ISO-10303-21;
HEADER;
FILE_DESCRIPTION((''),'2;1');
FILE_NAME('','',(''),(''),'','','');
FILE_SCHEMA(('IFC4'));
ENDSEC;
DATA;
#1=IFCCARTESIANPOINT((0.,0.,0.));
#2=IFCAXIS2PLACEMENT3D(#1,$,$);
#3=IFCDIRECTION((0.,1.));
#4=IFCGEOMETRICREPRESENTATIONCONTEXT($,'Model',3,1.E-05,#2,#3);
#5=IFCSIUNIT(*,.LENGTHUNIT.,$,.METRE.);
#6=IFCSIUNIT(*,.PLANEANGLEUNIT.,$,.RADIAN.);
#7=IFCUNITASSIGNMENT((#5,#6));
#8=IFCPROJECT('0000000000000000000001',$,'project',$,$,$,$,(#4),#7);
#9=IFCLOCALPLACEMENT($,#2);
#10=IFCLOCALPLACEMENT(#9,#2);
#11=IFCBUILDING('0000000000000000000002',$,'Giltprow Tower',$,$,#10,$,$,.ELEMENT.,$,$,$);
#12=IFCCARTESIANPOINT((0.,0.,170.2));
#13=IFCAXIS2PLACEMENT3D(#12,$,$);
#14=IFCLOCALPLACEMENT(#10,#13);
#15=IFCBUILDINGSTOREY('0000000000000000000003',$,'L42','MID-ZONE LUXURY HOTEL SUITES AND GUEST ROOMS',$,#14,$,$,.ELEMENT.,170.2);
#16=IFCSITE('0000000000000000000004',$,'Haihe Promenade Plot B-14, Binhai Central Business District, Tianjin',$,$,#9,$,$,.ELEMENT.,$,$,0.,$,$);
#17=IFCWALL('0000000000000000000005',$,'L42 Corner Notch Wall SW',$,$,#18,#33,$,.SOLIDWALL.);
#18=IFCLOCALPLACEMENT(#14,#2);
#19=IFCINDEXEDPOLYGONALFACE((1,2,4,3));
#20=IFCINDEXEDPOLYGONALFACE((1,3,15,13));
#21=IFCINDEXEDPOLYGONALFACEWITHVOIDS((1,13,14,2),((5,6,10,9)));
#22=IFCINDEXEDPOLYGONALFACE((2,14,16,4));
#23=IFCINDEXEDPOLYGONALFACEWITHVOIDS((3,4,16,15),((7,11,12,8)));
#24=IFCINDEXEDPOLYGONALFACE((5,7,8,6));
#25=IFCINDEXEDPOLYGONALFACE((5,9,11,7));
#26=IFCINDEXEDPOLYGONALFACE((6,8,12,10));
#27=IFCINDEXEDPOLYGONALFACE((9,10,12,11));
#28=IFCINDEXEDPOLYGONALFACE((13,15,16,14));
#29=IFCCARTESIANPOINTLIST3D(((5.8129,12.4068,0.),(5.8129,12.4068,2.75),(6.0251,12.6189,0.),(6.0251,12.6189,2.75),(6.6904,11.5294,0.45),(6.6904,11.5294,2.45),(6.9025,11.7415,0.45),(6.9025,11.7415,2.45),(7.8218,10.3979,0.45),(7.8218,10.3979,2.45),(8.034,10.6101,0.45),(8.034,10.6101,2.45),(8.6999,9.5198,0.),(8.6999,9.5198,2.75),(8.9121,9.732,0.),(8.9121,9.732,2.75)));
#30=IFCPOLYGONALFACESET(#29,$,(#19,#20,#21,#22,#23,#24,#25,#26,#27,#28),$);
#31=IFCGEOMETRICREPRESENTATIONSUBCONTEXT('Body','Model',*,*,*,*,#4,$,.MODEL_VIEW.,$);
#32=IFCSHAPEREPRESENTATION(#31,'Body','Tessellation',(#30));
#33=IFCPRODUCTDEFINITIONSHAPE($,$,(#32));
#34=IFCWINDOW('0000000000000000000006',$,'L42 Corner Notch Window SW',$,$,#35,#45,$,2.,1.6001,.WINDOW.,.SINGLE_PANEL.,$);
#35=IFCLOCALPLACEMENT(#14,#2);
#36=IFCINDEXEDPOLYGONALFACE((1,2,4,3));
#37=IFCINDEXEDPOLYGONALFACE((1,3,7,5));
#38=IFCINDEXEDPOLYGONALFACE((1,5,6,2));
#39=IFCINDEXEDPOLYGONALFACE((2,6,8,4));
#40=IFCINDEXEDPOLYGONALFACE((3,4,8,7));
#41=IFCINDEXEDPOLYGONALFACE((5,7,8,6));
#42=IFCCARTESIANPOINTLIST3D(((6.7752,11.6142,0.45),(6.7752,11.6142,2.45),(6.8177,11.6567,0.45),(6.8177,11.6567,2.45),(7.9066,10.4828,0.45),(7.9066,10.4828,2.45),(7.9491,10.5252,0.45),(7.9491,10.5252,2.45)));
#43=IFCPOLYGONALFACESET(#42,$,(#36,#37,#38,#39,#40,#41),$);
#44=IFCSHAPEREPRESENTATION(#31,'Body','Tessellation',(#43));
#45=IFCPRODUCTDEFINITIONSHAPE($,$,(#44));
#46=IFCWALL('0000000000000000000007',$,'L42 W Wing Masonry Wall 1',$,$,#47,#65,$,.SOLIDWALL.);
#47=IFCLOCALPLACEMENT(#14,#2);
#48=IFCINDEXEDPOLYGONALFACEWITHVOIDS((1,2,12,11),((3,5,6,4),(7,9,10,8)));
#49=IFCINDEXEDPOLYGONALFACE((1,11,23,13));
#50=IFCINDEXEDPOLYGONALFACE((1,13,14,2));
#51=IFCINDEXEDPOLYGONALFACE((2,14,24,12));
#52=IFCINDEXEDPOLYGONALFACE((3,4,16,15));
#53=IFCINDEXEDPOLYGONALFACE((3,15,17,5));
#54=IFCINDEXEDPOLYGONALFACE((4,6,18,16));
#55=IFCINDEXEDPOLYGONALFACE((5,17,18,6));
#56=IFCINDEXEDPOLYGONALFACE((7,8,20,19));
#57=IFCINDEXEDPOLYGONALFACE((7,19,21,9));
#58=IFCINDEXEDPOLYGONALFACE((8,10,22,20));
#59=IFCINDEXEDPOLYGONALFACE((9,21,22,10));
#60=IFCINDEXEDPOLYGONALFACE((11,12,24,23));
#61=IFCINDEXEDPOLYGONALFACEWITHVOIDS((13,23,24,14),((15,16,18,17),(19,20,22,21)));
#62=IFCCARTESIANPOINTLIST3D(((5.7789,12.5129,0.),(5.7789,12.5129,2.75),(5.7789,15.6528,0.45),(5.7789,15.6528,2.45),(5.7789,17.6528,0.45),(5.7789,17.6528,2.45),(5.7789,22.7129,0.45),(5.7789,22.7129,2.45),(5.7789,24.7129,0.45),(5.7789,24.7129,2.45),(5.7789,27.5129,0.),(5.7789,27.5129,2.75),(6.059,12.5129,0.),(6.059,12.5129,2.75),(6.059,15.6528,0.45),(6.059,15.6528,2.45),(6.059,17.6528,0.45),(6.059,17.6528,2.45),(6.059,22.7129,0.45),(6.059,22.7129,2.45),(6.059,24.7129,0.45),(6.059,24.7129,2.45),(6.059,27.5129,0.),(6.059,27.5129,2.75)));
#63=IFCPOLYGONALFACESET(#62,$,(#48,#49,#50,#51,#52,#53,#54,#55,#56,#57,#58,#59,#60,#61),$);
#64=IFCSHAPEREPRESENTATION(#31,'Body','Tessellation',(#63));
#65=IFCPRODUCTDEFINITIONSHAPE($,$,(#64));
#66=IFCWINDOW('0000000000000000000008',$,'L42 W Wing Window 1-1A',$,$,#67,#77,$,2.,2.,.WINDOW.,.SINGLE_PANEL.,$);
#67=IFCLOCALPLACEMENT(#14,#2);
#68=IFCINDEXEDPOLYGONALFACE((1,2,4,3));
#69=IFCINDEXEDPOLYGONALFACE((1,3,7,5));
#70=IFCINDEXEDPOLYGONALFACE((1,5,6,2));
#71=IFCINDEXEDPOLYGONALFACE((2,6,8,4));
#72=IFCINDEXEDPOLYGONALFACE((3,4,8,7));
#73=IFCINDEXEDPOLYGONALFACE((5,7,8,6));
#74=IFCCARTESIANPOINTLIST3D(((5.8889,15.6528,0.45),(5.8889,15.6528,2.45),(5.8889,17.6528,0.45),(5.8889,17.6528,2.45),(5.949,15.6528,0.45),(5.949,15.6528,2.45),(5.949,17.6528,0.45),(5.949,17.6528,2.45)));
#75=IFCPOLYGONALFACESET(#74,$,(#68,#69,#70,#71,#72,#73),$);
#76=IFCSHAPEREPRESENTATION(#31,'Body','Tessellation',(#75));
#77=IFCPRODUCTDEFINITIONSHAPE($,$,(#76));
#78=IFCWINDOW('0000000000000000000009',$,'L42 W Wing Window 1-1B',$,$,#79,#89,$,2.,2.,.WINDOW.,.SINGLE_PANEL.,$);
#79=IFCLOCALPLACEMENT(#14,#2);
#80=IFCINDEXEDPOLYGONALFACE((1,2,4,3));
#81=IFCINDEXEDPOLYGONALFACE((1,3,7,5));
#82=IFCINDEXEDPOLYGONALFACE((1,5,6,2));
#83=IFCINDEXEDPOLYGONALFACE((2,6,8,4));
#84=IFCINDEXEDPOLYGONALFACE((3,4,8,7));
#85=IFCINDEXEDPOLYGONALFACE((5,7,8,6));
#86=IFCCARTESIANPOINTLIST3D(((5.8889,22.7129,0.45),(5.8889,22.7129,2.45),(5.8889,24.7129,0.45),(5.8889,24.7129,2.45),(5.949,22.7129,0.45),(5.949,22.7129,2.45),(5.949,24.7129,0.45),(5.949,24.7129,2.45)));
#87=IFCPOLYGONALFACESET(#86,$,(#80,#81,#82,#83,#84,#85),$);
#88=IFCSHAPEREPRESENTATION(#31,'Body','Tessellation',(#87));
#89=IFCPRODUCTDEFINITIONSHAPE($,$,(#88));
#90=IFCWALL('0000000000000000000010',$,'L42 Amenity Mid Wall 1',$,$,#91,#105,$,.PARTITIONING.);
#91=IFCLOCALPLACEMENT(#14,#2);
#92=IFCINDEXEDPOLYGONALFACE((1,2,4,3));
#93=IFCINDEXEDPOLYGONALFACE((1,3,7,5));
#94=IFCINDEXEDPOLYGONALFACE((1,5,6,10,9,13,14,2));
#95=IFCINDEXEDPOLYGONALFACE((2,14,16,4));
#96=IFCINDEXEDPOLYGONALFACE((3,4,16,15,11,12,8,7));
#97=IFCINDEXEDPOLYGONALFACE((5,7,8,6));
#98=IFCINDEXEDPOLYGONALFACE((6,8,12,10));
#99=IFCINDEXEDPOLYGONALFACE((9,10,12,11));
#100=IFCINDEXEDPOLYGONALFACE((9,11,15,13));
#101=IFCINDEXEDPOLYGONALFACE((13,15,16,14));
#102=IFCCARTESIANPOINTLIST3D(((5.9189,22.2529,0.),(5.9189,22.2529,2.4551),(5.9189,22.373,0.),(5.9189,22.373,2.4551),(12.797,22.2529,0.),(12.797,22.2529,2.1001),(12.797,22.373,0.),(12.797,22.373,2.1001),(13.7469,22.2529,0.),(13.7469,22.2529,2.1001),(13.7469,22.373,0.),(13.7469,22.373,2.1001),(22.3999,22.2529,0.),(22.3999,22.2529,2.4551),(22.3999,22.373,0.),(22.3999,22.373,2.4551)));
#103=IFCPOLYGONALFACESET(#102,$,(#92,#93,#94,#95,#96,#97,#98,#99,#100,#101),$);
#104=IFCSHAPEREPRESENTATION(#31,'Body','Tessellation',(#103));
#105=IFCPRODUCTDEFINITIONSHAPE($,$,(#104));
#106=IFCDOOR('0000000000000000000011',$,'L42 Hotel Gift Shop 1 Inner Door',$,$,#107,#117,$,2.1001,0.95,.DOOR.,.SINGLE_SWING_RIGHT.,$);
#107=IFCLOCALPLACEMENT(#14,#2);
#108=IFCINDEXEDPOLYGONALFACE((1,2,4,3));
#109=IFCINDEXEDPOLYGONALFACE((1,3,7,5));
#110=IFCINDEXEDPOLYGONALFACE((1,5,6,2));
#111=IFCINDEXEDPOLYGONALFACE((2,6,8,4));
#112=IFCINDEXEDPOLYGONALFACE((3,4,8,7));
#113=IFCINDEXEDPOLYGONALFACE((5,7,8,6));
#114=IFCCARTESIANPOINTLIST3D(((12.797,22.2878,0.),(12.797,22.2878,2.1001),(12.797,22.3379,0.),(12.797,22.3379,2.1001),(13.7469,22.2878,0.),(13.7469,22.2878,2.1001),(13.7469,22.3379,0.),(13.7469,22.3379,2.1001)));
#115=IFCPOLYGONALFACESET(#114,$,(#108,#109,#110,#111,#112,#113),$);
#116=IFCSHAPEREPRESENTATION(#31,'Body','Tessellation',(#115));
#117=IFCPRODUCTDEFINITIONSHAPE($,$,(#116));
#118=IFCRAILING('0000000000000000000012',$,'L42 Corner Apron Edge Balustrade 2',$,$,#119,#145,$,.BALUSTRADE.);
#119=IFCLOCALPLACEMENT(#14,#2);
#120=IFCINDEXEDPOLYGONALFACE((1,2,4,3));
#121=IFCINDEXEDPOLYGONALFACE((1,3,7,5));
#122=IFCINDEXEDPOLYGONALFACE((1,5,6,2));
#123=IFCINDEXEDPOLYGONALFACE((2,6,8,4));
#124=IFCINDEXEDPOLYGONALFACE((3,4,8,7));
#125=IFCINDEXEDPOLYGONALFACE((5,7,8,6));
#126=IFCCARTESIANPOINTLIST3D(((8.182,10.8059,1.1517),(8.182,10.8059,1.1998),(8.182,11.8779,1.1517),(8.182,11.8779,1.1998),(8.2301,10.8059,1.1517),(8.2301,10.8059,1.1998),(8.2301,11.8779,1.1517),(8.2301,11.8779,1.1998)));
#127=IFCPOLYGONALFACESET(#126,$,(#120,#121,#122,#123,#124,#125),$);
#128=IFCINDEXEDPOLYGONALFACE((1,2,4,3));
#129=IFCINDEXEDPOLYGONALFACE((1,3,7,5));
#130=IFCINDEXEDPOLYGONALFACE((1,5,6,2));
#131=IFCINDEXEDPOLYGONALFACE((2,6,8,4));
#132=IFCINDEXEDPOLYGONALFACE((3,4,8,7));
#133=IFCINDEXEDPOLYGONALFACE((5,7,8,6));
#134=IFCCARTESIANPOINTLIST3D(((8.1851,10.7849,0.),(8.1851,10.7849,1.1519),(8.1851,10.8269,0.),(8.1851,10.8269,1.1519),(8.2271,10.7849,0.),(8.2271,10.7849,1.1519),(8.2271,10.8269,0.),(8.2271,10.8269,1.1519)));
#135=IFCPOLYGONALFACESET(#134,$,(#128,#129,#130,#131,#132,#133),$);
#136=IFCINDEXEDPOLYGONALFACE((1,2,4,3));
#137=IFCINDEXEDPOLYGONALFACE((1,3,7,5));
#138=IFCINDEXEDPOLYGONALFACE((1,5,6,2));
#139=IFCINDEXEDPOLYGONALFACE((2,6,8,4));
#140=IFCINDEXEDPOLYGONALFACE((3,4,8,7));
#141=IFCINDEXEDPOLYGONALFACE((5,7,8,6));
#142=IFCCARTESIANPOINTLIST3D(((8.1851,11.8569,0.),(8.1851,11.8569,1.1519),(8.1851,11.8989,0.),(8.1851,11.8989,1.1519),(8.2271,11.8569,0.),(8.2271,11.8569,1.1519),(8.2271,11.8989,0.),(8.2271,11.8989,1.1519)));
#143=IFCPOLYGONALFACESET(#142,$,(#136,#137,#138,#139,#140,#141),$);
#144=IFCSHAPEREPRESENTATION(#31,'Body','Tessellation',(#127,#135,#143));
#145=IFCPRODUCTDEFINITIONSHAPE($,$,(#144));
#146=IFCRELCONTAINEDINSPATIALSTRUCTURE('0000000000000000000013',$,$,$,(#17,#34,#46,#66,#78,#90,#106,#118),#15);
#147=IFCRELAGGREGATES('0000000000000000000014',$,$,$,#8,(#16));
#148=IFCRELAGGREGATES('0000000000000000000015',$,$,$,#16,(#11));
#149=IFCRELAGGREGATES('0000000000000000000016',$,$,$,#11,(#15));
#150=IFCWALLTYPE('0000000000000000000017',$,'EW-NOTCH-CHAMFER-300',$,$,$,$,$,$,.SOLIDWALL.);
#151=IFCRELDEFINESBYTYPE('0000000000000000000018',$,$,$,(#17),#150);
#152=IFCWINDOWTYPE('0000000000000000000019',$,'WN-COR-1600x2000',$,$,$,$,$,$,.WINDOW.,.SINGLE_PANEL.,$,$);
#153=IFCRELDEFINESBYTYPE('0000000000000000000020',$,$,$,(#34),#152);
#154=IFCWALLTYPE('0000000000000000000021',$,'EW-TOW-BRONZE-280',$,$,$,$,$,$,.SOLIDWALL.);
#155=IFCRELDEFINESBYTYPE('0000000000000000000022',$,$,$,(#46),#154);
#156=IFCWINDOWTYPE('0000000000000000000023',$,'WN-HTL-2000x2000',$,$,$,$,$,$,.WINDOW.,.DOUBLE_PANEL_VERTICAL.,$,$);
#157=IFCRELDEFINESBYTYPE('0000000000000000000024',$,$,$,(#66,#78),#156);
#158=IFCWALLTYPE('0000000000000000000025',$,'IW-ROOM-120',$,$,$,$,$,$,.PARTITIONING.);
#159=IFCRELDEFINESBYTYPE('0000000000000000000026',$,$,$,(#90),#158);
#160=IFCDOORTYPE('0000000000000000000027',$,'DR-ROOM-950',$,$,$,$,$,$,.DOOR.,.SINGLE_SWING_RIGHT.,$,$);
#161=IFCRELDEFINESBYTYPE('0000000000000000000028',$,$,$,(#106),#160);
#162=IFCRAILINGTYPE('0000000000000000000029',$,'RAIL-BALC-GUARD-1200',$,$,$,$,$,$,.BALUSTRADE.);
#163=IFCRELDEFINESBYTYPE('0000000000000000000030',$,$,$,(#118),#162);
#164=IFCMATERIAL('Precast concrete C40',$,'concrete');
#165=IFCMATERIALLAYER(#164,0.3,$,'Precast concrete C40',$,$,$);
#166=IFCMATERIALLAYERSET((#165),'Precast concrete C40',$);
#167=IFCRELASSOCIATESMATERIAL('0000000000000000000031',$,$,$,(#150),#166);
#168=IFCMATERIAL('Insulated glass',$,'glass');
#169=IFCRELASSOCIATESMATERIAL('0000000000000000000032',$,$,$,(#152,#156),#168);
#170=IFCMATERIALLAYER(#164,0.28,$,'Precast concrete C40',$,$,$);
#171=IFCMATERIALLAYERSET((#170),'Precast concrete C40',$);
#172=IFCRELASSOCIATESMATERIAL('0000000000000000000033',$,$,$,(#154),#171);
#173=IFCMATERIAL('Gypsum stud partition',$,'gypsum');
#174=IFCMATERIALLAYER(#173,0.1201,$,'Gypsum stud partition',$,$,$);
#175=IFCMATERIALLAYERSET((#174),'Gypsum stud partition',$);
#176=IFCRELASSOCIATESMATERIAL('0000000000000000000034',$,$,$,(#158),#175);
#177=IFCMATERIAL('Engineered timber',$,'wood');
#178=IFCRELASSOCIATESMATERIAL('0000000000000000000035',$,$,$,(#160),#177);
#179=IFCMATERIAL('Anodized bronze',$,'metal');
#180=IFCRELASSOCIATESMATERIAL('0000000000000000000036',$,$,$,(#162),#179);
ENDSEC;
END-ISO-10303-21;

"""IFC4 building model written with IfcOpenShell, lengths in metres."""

from ifc_helpers import new_model, si_unit, direction, frame, frame_2d, origin, origin_2d, place, context, subcontext, project, spatial, rectangle, extrude, source, transform, mapped, material, layer, layer_set, type_object, element, fill, save


model = new_model("IFC4")

# Units and contexts
model_context = context("Model", 3, precision=1e-05, world=origin(), true_north=direction((0.0, 1.0)))
body_context = subcontext(model_context, "Body", "Model", "MODEL_VIEW")
ifc_project = project(units=[si_unit("LENGTHUNIT", "METRE"), si_unit("PLANEANGLEUNIT", "RADIAN")], contexts=[model_context])

# Site, building, storey
site_placement = place(None, origin())
site = spatial("IfcSite", under=ifc_project, at=site_placement, Name="Haihe Promenade Plot B-14, Binhai Central Business District, Tianjin", CompositionType="ELEMENT", RefElevation=0.0)
building_placement = place(site_placement, origin())
building = spatial("IfcBuilding", under=site, at=building_placement, Name="Giltprow Tower", CompositionType="ELEMENT")
storey_placement = place(building_placement, frame((0.0, 0.0, 170.2)))
storey = spatial("IfcBuildingStorey", under=building, at=storey_placement, Name="L42", Description="MID-ZONE LUXURY HOTEL SUITES AND GUEST ROOMS", CompositionType="ELEMENT", Elevation=170.2)

# Shared definitions
ifc_material_1 = material(Name="Anodized bronze", Category="metal")
ifc_material_2 = material(Name="Insulated glass", Category="glass")

# Wall, opening, window
ifc_material_3 = material(Name="Precast concrete C40", Category="concrete")
ifc_layer_1 = layer(ifc_material_3, 0.3, Name="Precast concrete C40")
ifc_layer_set_1 = layer_set([ifc_layer_1], Name="Precast concrete C40")
wall_type_1 = type_object("IfcWallType", Name="EW-NOTCH-CHAMFER-300", PredefinedType="SOLIDWALL", material=ifc_layer_set_1)
wall_1_placement = place(storey_placement, frame((5.9189, 12.5129, 0.0), z_axis=(0.0, 0.0, 1.0), x_axis=(0.707107, -0.707107, 0.0)))
wall_1 = element("IfcWall", 1, at=wall_1_placement, inside=storey, type_object=wall_type_1, Name="L42 Corner Notch Wall SW", PredefinedType="SOLIDWALL", context=body_context, shape_type="SweptSolid", body=[
    extrude(rectangle(XDim=4.0828, YDim=0.3, at=frame_2d((2.0415, 0.0))), origin(), (0.0, 0.0, 1.0), 2.75),
])
opening_1_placement = place(wall_1_placement, frame((1.241, 0.0, 0.45)))
opening_1 = element("IfcOpeningElement", 2, at=opening_1_placement, cuts=wall_1, PredefinedType="OPENING", context=body_context, shape_type="SweptSolid", body=[
    extrude(rectangle(XDim=1.6001, YDim=2.0, at=frame_2d((0.8, 1.0))), frame((0.0, 0.1599, 0.0), z_axis=(0.0, -1.0, 0.0), x_axis=(1.0, 0.0, 0.0)), (0.0, 0.0, 1.0), 0.3201),
])
window_type_1 = type_object("IfcWindowType", Name="WN-COR-1600x2000", PartitioningType="SINGLE_PANEL", PredefinedType="WINDOW", material=ifc_material_2)
shared_shape_1 = source(origin(), body_context, "Body", "SweptSolid", [
    extrude(rectangle(XDim=1.6001, YDim=2.0, at=frame_2d((0.8, 1.0))), frame((0.0, 0.03, 0.0), z_axis=(0.0, -1.0, 0.0), x_axis=(1.0, 0.0, 0.0)), (0.0, 0.0, 1.0), 0.0601),
])
window_1_placement = place(opening_1_placement, origin())
window_1 = element("IfcWindow", 3, at=window_1_placement, inside=storey, type_object=window_type_1, Name="L42 Corner Notch Window SW", OverallHeight=2.0, OverallWidth=1.6001, PartitioningType="SINGLE_PANEL", PredefinedType="WINDOW", context=body_context, shape_type="MappedRepresentation", body=[
    mapped(shared_shape_1, transform((0.0, 0.0, 0.0), x_axis=(1.0, 0.0, 0.0), y_axis=(0.0, 1.0, 0.0), z_axis=(0.0, 0.0, 1.0), scale=1.0)),
])
fill(opening_1, window_1)

# Wall, openings, windows
ifc_layer_2 = layer(ifc_material_3, 0.28, Name="Precast concrete C40")
ifc_layer_set_2 = layer_set([ifc_layer_2], Name="Precast concrete C40")
wall_type_2 = type_object("IfcWallType", Name="EW-TOW-BRONZE-280", PredefinedType="SOLIDWALL", material=ifc_layer_set_2)
wall_2_placement = place(storey_placement, frame((5.9189, 12.5129, 0.0), z_axis=(0.0, 0.0, 1.0), x_axis=(0.0, 1.0, 0.0)))
wall_2 = element("IfcWall", 4, at=wall_2_placement, inside=storey, type_object=wall_type_2, Name="L42 W Wing Masonry Wall 1", PredefinedType="SOLIDWALL", context=body_context, shape_type="SweptSolid", body=[
    extrude(rectangle(XDim=15.0, YDim=0.28, at=frame_2d((7.5, 0.0))), origin(), (0.0, 0.0, 1.0), 2.75),
])
opening_2_placement = place(wall_2_placement, frame((3.1399, 0.0, 0.45)))
opening_2 = element("IfcOpeningElement", 5, at=opening_2_placement, cuts=wall_2, PredefinedType="OPENING", context=body_context, shape_type="SweptSolid", body=[
    extrude(rectangle(XDim=2.0, YDim=2.0, at=frame_2d((1.0, 1.0))), frame((0.0, 0.1499, 0.0), z_axis=(0.0, -1.0, 0.0), x_axis=(1.0, 0.0, 0.0)), (0.0, 0.0, 1.0), 0.3),
])
opening_3_placement = place(wall_2_placement, frame((10.2, 0.0, 0.45)))
opening_3 = element("IfcOpeningElement", 6, at=opening_3_placement, cuts=wall_2, PredefinedType="OPENING", context=body_context, shape_type="SweptSolid", body=[
    extrude(rectangle(XDim=2.0, YDim=2.0, at=frame_2d((1.0, 1.0))), frame((0.0, 0.1499, 0.0), z_axis=(0.0, -1.0, 0.0), x_axis=(1.0, 0.0, 0.0)), (0.0, 0.0, 1.0), 0.3),
])
window_type_2 = type_object("IfcWindowType", Name="WN-HTL-2000x2000", PartitioningType="DOUBLE_PANEL_VERTICAL", PredefinedType="WINDOW", material=ifc_material_2)
shared_shape_2 = source(origin(), body_context, "Body", "SweptSolid", [
    extrude(rectangle(XDim=2.0, YDim=2.0, at=frame_2d((1.0, 1.0))), frame((0.0, 0.03, 0.0), z_axis=(0.0, -1.0, 0.0), x_axis=(1.0, 0.0, 0.0)), (0.0, 0.0, 1.0), 0.0601),
])
window_2_placement = place(opening_2_placement, origin())
window_2 = element("IfcWindow", 7, at=window_2_placement, inside=storey, type_object=window_type_2, Name="L42 W Wing Window 1-1A", OverallHeight=2.0, OverallWidth=2.0, PartitioningType="SINGLE_PANEL", PredefinedType="WINDOW", context=body_context, shape_type="MappedRepresentation", body=[
    mapped(shared_shape_2, transform((0.0, 0.0, 0.0), x_axis=(1.0, 0.0, 0.0), y_axis=(0.0, 1.0, 0.0), z_axis=(0.0, 0.0, 1.0), scale=1.0)),
])
fill(opening_2, window_2)
window_3_placement = place(opening_3_placement, origin())
window_3 = element("IfcWindow", 8, at=window_3_placement, inside=storey, type_object=window_type_2, Name="L42 W Wing Window 1-1B", OverallHeight=2.0, OverallWidth=2.0, PartitioningType="SINGLE_PANEL", PredefinedType="WINDOW", context=body_context, shape_type="MappedRepresentation", body=[
    mapped(shared_shape_2, transform((0.0, 0.0, 0.0), x_axis=(1.0, 0.0, 0.0), y_axis=(0.0, 1.0, 0.0), z_axis=(0.0, 0.0, 1.0), scale=1.0)),
])
fill(opening_3, window_3)

# Wall, opening, door
ifc_material_4 = material(Name="Gypsum stud partition", Category="gypsum")
ifc_layer_3 = layer(ifc_material_4, 0.1201, Name="Gypsum stud partition")
ifc_layer_set_3 = layer_set([ifc_layer_3], Name="Gypsum stud partition")
wall_type_3 = type_object("IfcWallType", Name="IW-ROOM-120", PredefinedType="PARTITIONING", material=ifc_layer_set_3)
wall_3_placement = place(storey_placement, frame((5.9189, 22.313, 0.0), z_axis=(0.0, 0.0, 1.0), x_axis=(1.0, 0.0, 0.0)))
wall_3 = element("IfcWall", 9, at=wall_3_placement, inside=storey, type_object=wall_type_3, Name="L42 Amenity Mid Wall 1", PredefinedType="PARTITIONING", context=body_context, shape_type="SweptSolid", body=[
    extrude(rectangle(XDim=16.481, YDim=0.1201, at=frame_2d((8.2405, 0.0))), origin(), (0.0, 0.0, 1.0), 2.4551),
])
opening_4_placement = place(wall_3_placement, frame((6.8779, 0.0, 0.0)))
opening_4 = element("IfcOpeningElement", 10, at=opening_4_placement, cuts=wall_3, PredefinedType="OPENING", context=body_context, shape_type="SweptSolid", body=[
    extrude(rectangle(XDim=0.95, YDim=2.1001, at=frame_2d((0.4751, 1.05))), frame((0.0, 0.0701, 0.0), z_axis=(0.0, -1.0, 0.0), x_axis=(1.0, 0.0, 0.0)), (0.0, 0.0, 1.0), 0.1401),
])
ifc_material_5 = material(Name="Engineered timber", Category="wood")
door_type = type_object("IfcDoorType", Name="DR-ROOM-950", OperationType="SINGLE_SWING_RIGHT", PredefinedType="DOOR", material=ifc_material_5)
shared_shape_3 = source(origin(), body_context, "Body", "SweptSolid", [
    extrude(rectangle(XDim=0.95, YDim=2.1001, at=frame_2d((0.4751, 1.05))), frame((0.0, 0.0249, 0.0), z_axis=(0.0, -1.0, 0.0), x_axis=(1.0, 0.0, 0.0)), (0.0, 0.0, 1.0), 0.05),
])
door_placement = place(opening_4_placement, origin())
door = element("IfcDoor", 11, at=door_placement, inside=storey, type_object=door_type, Name="L42 Hotel Gift Shop 1 Inner Door", OperationType="SINGLE_SWING_RIGHT", OverallHeight=2.1001, OverallWidth=0.95, PredefinedType="DOOR", context=body_context, shape_type="MappedRepresentation", body=[
    mapped(shared_shape_3, transform((0.0, 0.0, 0.0), x_axis=(1.0, 0.0, 0.0), y_axis=(0.0, 1.0, 0.0), z_axis=(0.0, 0.0, 1.0), scale=1.0)),
])
fill(opening_4, door)

# Railing
railing_type = type_object("IfcRailingType", Name="RAIL-BALC-GUARD-1200", PredefinedType="BALUSTRADE", material=ifc_material_1)
railing_1_placement = place(storey_placement, frame((8.2061, 10.8059, 0.0)))
element("IfcRailing", 12, at=railing_1_placement, inside=storey, type_object=railing_type, Name="L42 Corner Apron Edge Balustrade 2", PredefinedType="BALUSTRADE", context=body_context, shape_type="SweptSolid", body=[
    extrude(rectangle(XDim=0.0481, YDim=0.0481, at=origin_2d()), frame((0.0, 0.0, 1.1758), z_axis=(0.0, 1.0, 0.0), x_axis=(-1.0, 0.0, 0.0)), (0.0, 0.0, 1.0), 1.072),
    extrude(rectangle(XDim=0.042, YDim=0.042, at=origin_2d()), origin(), (0.0, 0.0, 1.0), 1.1519),
    extrude(rectangle(XDim=0.042, YDim=0.042, at=origin_2d()), frame((0.0, 1.072, 0.0)), (0.0, 0.0, 1.0), 1.1519),
])

save(model, "model.ifc")
